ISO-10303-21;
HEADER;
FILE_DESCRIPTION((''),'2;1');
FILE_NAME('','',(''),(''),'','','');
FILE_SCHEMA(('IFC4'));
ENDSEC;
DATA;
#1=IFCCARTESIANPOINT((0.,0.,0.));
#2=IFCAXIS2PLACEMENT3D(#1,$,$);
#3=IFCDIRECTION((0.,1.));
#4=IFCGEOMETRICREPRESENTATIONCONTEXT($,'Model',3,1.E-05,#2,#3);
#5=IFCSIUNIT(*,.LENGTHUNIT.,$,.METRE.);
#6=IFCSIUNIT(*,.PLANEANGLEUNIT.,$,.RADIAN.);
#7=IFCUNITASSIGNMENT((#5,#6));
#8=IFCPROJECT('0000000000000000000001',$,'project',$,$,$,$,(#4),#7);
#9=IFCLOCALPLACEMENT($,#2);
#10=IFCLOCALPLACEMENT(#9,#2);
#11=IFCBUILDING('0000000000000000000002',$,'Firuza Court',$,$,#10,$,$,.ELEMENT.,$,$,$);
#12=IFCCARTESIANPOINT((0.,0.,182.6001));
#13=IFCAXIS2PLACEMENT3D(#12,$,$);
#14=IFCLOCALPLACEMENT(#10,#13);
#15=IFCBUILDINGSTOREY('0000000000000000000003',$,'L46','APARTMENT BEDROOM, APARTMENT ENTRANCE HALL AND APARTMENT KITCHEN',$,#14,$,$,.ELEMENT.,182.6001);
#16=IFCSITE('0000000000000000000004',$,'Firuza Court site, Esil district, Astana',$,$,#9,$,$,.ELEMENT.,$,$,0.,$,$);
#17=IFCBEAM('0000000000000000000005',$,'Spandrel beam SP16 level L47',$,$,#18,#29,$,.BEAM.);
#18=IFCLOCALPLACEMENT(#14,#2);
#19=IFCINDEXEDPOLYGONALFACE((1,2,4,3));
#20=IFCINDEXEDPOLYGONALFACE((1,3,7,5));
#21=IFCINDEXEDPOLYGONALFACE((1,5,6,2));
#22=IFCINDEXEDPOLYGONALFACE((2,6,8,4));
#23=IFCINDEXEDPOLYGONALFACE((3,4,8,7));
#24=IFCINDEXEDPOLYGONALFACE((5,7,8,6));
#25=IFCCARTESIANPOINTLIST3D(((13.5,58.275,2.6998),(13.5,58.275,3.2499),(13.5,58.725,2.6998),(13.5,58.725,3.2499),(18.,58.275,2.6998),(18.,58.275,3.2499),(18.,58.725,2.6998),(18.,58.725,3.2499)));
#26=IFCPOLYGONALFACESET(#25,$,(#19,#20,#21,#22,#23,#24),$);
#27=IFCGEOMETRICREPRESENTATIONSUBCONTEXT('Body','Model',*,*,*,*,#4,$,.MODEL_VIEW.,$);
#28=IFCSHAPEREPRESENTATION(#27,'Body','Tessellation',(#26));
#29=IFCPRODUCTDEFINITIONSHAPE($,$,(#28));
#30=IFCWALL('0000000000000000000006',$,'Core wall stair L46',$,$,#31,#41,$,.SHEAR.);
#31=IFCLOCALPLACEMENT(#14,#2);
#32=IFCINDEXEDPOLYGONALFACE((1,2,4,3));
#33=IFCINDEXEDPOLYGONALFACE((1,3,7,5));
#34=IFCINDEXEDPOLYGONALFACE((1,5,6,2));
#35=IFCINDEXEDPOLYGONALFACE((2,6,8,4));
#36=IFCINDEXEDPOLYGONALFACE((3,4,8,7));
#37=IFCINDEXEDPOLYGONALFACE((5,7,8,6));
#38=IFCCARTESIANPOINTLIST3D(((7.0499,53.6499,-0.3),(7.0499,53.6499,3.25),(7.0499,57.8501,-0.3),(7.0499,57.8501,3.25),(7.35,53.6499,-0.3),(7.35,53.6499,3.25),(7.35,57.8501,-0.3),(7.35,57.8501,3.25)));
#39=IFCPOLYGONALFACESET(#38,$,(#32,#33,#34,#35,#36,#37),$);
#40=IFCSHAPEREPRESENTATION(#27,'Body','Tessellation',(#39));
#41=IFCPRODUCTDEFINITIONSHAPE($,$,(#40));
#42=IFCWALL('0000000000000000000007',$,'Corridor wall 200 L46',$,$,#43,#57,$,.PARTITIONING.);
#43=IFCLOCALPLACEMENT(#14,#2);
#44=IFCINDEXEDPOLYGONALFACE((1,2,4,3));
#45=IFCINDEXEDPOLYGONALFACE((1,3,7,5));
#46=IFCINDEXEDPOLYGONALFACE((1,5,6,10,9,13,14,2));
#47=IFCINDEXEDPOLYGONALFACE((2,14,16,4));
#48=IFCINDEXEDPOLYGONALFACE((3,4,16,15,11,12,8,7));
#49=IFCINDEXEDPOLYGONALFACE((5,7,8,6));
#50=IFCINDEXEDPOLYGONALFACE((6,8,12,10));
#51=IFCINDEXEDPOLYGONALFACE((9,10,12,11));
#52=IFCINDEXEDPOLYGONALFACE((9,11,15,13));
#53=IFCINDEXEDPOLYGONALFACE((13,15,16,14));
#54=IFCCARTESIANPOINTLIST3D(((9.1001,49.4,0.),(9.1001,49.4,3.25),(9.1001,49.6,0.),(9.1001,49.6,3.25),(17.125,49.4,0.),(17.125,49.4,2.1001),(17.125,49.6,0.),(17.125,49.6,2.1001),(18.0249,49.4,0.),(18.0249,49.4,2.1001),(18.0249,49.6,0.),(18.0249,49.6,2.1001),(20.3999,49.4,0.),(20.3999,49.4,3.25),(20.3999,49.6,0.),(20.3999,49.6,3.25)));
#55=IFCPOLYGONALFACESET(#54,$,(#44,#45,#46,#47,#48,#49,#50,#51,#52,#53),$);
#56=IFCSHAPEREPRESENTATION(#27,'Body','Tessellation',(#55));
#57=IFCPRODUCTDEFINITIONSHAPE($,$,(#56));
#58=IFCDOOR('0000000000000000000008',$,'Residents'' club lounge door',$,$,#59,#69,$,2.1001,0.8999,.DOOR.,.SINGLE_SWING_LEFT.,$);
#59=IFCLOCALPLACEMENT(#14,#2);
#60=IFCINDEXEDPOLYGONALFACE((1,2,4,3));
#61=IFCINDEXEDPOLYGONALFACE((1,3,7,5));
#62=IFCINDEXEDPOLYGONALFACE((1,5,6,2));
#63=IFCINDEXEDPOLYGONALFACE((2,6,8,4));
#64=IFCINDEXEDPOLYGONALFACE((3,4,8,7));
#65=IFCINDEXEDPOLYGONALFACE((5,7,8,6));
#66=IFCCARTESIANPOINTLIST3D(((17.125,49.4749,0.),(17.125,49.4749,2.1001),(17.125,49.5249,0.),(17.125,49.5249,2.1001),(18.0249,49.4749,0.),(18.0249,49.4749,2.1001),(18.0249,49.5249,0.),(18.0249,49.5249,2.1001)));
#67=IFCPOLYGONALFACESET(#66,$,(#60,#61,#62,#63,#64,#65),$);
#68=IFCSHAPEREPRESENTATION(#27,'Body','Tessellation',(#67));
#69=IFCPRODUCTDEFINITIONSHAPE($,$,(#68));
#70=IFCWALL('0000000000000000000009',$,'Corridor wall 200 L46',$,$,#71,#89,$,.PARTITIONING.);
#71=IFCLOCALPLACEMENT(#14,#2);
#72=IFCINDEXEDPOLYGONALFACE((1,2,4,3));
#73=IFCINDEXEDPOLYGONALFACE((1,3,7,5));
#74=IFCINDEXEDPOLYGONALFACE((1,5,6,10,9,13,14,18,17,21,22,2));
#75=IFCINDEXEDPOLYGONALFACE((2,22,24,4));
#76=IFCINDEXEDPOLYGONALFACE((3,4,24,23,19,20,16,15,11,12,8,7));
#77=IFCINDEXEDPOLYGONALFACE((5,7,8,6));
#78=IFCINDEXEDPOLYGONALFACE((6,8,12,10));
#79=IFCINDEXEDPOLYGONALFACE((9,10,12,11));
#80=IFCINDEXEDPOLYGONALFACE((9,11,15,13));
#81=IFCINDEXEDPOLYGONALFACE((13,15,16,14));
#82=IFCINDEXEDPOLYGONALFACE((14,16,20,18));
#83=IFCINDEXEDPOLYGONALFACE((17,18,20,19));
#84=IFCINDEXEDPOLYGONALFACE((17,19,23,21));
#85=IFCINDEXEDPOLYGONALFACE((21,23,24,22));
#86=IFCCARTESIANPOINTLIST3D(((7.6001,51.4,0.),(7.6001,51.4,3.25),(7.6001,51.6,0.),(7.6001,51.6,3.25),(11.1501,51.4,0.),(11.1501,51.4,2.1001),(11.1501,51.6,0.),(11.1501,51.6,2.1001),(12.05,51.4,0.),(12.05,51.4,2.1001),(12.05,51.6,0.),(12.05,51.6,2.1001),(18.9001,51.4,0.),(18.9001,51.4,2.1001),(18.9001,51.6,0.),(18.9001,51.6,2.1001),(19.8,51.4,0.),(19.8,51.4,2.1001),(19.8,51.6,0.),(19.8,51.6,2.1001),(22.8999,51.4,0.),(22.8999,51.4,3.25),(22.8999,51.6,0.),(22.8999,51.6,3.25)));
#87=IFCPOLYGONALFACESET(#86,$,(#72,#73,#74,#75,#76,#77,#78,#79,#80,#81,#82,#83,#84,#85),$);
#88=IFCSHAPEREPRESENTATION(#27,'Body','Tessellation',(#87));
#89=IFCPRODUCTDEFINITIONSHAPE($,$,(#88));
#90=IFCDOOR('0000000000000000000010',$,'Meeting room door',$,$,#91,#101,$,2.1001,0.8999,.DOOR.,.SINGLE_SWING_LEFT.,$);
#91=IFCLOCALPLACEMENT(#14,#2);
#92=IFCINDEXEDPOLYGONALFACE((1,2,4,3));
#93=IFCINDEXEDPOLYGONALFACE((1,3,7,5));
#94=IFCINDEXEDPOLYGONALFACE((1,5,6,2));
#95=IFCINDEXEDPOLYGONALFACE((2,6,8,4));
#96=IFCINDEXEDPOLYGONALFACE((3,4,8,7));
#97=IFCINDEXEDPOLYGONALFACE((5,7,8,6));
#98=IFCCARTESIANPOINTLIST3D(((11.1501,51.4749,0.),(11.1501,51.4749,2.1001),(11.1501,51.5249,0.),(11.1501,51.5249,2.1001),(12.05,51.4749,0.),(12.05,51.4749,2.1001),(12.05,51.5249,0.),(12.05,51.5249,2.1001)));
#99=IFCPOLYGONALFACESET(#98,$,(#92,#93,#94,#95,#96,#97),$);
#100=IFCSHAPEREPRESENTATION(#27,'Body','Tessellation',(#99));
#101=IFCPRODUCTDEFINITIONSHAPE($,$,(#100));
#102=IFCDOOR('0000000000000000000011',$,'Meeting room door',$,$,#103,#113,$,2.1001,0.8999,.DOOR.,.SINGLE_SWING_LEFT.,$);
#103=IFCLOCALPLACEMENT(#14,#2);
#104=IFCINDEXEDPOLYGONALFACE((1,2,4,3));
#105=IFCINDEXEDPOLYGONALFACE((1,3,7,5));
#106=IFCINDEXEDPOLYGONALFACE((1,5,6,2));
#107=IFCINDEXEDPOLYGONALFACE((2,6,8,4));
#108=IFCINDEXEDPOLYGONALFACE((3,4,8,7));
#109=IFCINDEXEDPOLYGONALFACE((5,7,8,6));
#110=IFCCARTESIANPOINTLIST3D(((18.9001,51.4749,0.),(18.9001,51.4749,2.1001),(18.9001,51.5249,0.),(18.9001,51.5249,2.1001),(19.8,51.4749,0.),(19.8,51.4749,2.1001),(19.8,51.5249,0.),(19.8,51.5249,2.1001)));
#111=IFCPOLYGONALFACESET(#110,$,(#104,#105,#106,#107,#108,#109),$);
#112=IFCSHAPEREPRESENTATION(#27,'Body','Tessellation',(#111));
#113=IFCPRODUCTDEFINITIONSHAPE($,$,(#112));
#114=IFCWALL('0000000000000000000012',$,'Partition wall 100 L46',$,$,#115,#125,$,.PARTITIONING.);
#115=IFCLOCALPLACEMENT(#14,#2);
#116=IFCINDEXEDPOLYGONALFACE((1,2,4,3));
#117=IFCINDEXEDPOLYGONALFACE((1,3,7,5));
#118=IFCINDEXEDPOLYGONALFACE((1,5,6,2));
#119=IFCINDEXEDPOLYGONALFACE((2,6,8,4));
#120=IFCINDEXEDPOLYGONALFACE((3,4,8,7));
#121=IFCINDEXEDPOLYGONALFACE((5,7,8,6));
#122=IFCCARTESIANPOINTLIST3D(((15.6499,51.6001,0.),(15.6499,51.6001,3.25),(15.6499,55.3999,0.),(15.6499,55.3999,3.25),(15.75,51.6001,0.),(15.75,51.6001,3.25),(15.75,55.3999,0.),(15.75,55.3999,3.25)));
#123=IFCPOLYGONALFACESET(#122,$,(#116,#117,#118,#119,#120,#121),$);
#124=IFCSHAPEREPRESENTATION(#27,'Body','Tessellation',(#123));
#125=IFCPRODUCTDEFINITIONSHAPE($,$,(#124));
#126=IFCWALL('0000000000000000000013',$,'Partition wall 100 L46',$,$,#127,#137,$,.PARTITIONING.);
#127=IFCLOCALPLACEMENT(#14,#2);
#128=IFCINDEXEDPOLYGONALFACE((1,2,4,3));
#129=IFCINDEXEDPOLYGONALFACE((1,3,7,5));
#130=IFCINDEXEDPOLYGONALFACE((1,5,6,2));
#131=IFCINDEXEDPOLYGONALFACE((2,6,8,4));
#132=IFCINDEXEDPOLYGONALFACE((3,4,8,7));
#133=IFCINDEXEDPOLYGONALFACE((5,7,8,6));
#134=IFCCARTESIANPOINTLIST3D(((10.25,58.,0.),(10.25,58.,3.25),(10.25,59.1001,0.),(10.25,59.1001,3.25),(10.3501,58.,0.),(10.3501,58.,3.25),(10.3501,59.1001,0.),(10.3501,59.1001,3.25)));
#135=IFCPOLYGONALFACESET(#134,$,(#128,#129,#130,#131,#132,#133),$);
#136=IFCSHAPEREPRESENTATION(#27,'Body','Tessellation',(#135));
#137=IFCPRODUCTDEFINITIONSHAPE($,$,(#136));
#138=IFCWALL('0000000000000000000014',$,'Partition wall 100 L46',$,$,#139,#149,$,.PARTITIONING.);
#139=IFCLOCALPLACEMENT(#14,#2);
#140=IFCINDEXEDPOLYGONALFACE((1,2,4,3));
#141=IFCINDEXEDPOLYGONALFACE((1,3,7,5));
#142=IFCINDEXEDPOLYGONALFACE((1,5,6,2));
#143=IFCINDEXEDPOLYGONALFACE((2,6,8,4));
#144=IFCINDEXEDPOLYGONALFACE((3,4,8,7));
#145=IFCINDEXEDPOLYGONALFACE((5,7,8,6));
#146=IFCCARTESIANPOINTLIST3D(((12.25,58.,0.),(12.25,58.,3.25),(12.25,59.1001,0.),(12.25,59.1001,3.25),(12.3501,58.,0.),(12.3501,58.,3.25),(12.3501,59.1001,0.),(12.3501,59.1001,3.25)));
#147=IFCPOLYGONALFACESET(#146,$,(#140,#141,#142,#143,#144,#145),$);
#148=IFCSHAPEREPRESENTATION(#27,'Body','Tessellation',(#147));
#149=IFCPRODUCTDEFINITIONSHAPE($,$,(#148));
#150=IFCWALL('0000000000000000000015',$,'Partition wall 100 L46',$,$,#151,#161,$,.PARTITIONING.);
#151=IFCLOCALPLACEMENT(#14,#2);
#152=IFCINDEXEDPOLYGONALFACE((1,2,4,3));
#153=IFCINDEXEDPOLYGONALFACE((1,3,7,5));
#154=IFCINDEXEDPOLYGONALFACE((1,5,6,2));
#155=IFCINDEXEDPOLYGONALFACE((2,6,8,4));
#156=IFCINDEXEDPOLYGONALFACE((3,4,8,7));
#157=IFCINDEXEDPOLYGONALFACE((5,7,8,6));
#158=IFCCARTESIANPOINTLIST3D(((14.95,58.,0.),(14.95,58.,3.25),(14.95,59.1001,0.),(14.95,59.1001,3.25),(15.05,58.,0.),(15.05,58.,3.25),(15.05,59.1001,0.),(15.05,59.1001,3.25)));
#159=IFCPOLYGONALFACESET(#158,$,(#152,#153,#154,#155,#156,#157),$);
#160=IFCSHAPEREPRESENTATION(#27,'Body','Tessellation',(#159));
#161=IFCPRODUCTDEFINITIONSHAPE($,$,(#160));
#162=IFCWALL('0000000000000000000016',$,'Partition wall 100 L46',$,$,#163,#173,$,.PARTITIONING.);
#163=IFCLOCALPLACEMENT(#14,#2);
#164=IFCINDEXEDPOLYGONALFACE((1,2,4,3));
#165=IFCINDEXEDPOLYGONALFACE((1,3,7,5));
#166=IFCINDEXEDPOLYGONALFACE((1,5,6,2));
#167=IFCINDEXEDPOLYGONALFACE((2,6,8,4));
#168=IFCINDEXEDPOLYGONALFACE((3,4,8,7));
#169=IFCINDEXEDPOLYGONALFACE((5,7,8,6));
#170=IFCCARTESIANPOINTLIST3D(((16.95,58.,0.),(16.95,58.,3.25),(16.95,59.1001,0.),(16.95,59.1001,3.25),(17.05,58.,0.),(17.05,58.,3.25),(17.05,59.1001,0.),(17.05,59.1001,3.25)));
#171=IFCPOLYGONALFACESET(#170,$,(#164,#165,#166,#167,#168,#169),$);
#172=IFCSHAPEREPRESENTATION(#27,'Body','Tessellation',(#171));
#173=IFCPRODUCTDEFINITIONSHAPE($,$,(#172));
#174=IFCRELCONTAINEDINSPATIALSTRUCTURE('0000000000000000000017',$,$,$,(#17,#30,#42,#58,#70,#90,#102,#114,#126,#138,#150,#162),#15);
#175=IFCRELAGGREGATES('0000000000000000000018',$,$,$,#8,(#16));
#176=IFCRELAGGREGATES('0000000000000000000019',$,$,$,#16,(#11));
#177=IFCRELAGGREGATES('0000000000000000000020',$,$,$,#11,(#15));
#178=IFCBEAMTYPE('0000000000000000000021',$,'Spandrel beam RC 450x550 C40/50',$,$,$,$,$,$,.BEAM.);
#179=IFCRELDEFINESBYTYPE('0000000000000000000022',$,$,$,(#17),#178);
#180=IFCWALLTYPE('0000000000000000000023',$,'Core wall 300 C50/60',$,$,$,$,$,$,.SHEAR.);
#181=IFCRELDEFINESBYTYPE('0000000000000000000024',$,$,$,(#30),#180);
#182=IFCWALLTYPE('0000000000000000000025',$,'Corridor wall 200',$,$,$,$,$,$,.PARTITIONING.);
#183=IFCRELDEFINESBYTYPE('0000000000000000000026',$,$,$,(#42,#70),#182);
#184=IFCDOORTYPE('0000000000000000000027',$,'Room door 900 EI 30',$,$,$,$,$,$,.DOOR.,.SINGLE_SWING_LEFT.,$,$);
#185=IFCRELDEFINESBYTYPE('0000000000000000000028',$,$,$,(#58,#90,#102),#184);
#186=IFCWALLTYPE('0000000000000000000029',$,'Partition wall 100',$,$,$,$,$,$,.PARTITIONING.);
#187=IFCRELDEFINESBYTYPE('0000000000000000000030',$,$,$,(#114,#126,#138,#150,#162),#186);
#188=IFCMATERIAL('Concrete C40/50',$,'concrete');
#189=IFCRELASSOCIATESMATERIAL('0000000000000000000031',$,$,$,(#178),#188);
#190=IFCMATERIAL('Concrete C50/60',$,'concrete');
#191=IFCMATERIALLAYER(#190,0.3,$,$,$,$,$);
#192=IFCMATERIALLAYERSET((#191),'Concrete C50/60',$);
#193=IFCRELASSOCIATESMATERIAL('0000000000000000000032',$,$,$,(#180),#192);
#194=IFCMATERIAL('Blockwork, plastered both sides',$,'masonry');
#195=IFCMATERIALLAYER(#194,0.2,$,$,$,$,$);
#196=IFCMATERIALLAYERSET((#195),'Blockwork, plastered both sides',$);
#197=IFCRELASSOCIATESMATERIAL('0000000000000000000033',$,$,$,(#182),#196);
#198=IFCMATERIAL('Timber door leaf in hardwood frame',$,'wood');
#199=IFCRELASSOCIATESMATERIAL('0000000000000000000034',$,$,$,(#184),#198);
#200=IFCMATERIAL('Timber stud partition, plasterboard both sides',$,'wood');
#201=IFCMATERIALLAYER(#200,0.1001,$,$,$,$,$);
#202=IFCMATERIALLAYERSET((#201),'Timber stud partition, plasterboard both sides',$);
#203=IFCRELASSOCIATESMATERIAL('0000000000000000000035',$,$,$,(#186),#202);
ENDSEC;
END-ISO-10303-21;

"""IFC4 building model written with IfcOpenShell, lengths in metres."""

from ifc_helpers import new_model, si_unit, direction, frame, frame_2d, origin, origin_2d, place, context, subcontext, project, spatial, rectangle, extrude, material, layer, layer_set, material_profile, profile_set, type_object, element, fill, save


model = new_model("IFC4")

# Units and contexts
model_context = context("Model", 3, precision=1e-05, world=origin(), true_north=direction((0.0, 1.0)))
body_context = subcontext(model_context, "Body", "Model", "MODEL_VIEW")
ifc_project = project(units=[si_unit("LENGTHUNIT", "METRE"), si_unit("PLANEANGLEUNIT", "RADIAN")], contexts=[model_context])

# Site, building, storey
site_placement = place(None, origin())
site = spatial("IfcSite", under=ifc_project, at=site_placement, Name="Firuza Court site, Esil district, Astana", CompositionType="ELEMENT", RefElevation=0.0)
building_placement = place(site_placement, origin())
building = spatial("IfcBuilding", under=site, at=building_placement, Name="Firuza Court", CompositionType="ELEMENT")
storey_placement = place(building_placement, frame((0.0, 0.0, 182.6001)))
storey = spatial("IfcBuildingStorey", under=building, at=storey_placement, Name="L46", Description="APARTMENT BEDROOM, APARTMENT ENTRANCE HALL AND APARTMENT KITCHEN", CompositionType="ELEMENT", Elevation=182.6001)

# Beam
ifc_material_1 = material(Name="Concrete C40/50", Category="concrete")
ifc_material_profile_1 = material_profile(ifc_material_1, rectangle(XDim=0.45, YDim=0.55, at=origin_2d()), Name="RC 450x550")
ifc_profile_set_1 = profile_set([ifc_material_profile_1], Name="Concrete C40/50")
beam_type = type_object("IfcBeamType", Name="Spandrel beam RC 450x550 C40/50", PredefinedType="BEAM", material=ifc_profile_set_1)
for number, where, z_axis, x_axis, name in (
    (1, (18.0, 58.5, 2.9749), (-1.0, 0.0, 0.0), (0.0, -1.0, 0.0), "Spandrel beam SP16 level L47"),
):
    element("IfcBeam", number, at=place(storey_placement, frame(where, z_axis=z_axis, x_axis=x_axis)), inside=storey, type_object=beam_type, Name=name, PredefinedType="BEAM", context=body_context, shape_type="SweptSolid", body=[
        extrude(rectangle(XDim=0.45, YDim=0.55, at=origin_2d()), origin(), (0.0, 0.0, 1.0), 4.5),
    ])

# Wall
ifc_material_2 = material(Name="Concrete C50/60", Category="concrete")
ifc_layer_1 = layer(ifc_material_2, 0.3)
ifc_layer_set_1 = layer_set([ifc_layer_1], Name="Concrete C50/60")
wall_type_1 = type_object("IfcWallType", Name="Core wall 300 C50/60", PredefinedType="SHEAR", material=ifc_layer_set_1)
wall_1_placement = place(storey_placement, frame((7.2, 53.6499, -0.3), z_axis=(0.0, 0.0, 1.0), x_axis=(0.0, 1.0, 0.0)))
element("IfcWall", 2, at=wall_1_placement, inside=storey, type_object=wall_type_1, Name="Core wall stair L46", PredefinedType="SHEAR", context=body_context, shape_type="SweptSolid", body=[
    extrude(rectangle(XDim=4.2002, YDim=0.3, at=frame_2d((2.1001, 0.0))), origin(), (0.0, 0.0, 1.0), 3.55),
])

# Wall, opening, door
ifc_material_3 = material(Name="Blockwork, plastered both sides", Category="masonry")
ifc_layer_2 = layer(ifc_material_3, 0.2)
ifc_layer_set_2 = layer_set([ifc_layer_2], Name="Blockwork, plastered both sides")
wall_type_2 = type_object("IfcWallType", Name="Corridor wall 200", PredefinedType="PARTITIONING", material=ifc_layer_set_2)
wall_2_placement = place(storey_placement, frame((9.1001, 49.5, 0.0), z_axis=(0.0, 0.0, 1.0), x_axis=(1.0, 0.0, 0.0)))
wall_2 = element("IfcWall", 3, at=wall_2_placement, inside=storey, type_object=wall_type_2, Name="Corridor wall 200 L46", PredefinedType="PARTITIONING", context=body_context, shape_type="SweptSolid", body=[
    extrude(rectangle(XDim=11.2998, YDim=0.2, at=frame_2d((5.6499, 0.0))), origin(), (0.0, 0.0, 1.0), 3.25),
])
opening_1_placement = place(wall_2_placement, frame((8.0249, 0.0, 0.0)))
opening_1 = element("IfcOpeningElement", 4, at=opening_1_placement, cuts=wall_2, PredefinedType="OPENING", context=body_context, shape_type="SweptSolid", body=[
    extrude(rectangle(XDim=0.8999, YDim=2.1001, at=frame_2d((0.45, 1.05))), frame((0.0, 0.1118, 0.0), z_axis=(0.0, -1.0, 0.0), x_axis=(1.0, 0.0, 0.0)), (0.0, 0.0, 1.0), 0.2239),
])
ifc_material_4 = material(Name="Timber door leaf in hardwood frame", Category="wood")
door_type_1 = type_object("IfcDoorType", Name="Room door 900 EI 30", OperationType="SINGLE_SWING_LEFT", PredefinedType="DOOR", material=ifc_material_4)
door_1_placement = place(opening_1_placement, origin())
door_1 = element("IfcDoor", 5, at=door_1_placement, inside=storey, type_object=door_type_1, Name="Residents' club lounge door", OperationType="SINGLE_SWING_LEFT", OverallHeight=2.1001, OverallWidth=0.8999, PredefinedType="DOOR", context=body_context, shape_type="SweptSolid", body=[
    extrude(rectangle(XDim=0.8999, YDim=2.1001, at=frame_2d((0.45, 1.05))), frame((0.0, 0.0249, 0.0), z_axis=(0.0, -1.0, 0.0), x_axis=(1.0, 0.0, 0.0)), (0.0, 0.0, 1.0), 0.05),
])
fill(opening_1, door_1)

# Wall, openings, doors
wall_3_placement = place(storey_placement, frame((7.6001, 51.5, 0.0), z_axis=(0.0, 0.0, 1.0), x_axis=(1.0, 0.0, 0.0)))
wall_3 = element("IfcWall", 6, at=wall_3_placement, inside=storey, type_object=wall_type_2, Name="Corridor wall 200 L46", PredefinedType="PARTITIONING", context=body_context, shape_type="SweptSolid", body=[
    extrude(rectangle(XDim=15.2998, YDim=0.2, at=frame_2d((7.6499, 0.0))), origin(), (0.0, 0.0, 1.0), 3.25),
])
opening_2_placement = place(wall_3_placement, frame((3.55, 0.0, 0.0)))
opening_2 = element("IfcOpeningElement", 7, at=opening_2_placement, cuts=wall_3, PredefinedType="OPENING", context=body_context, shape_type="SweptSolid", body=[
    extrude(rectangle(XDim=0.8999, YDim=2.1001, at=frame_2d((0.45, 1.05))), frame((0.0, 0.1118, 0.0), z_axis=(0.0, -1.0, 0.0), x_axis=(1.0, 0.0, 0.0)), (0.0, 0.0, 1.0), 0.2239),
])
opening_3_placement = place(wall_3_placement, frame((11.3, 0.0, 0.0)))
opening_3 = element("IfcOpeningElement", 8, at=opening_3_placement, cuts=wall_3, PredefinedType="OPENING", context=body_context, shape_type="SweptSolid", body=[
    extrude(rectangle(XDim=0.8999, YDim=2.1001, at=frame_2d((0.45, 1.05))), frame((0.0, 0.1118, 0.0), z_axis=(0.0, -1.0, 0.0), x_axis=(1.0, 0.0, 0.0)), (0.0, 0.0, 1.0), 0.2239),
])
door_2_placement = place(opening_2_placement, origin())
door_2 = element("IfcDoor", 9, at=door_2_placement, inside=storey, type_object=door_type_1, Name="Meeting room door", OperationType="SINGLE_SWING_LEFT", OverallHeight=2.1001, OverallWidth=0.8999, PredefinedType="DOOR", context=body_context, shape_type="SweptSolid", body=[
    extrude(rectangle(XDim=0.8999, YDim=2.1001, at=frame_2d((0.45, 1.05))), frame((0.0, 0.0249, 0.0), z_axis=(0.0, -1.0, 0.0), x_axis=(1.0, 0.0, 0.0)), (0.0, 0.0, 1.0), 0.05),
])
fill(opening_2, door_2)
door_3_placement = place(opening_3_placement, origin())
door_3 = element("IfcDoor", 10, at=door_3_placement, inside=storey, type_object=door_type_1, Name="Meeting room door", OperationType="SINGLE_SWING_LEFT", OverallHeight=2.1001, OverallWidth=0.8999, PredefinedType="DOOR", context=body_context, shape_type="SweptSolid", body=[
    extrude(rectangle(XDim=0.8999, YDim=2.1001, at=frame_2d((0.45, 1.05))), frame((0.0, 0.0249, 0.0), z_axis=(0.0, -1.0, 0.0), x_axis=(1.0, 0.0, 0.0)), (0.0, 0.0, 1.0), 0.05),
])
fill(opening_3, door_3)

# Walls
ifc_material_5 = material(Name="Timber stud partition, plasterboard both sides", Category="wood")
ifc_layer_3 = layer(ifc_material_5, 0.1001)
ifc_layer_set_3 = layer_set([ifc_layer_3], Name="Timber stud partition, plasterboard both sides")
wall_type_3 = type_object("IfcWallType", Name="Partition wall 100", PredefinedType="PARTITIONING", material=ifc_layer_set_3)
wall_4_placement = place(storey_placement, frame((15.7, 51.6001, 0.0), z_axis=(0.0, 0.0, 1.0), x_axis=(0.0, 1.0, 0.0)))
element("IfcWall", 11, at=wall_4_placement, inside=storey, type_object=wall_type_3, Name="Partition wall 100 L46", PredefinedType="PARTITIONING", context=body_context, shape_type="SweptSolid", body=[
    extrude(rectangle(XDim=3.7998, YDim=0.1001, at=frame_2d((1.8999, 0.0))), origin(), (0.0, 0.0, 1.0), 3.25),
])
for number, where, z_axis, x_axis, name in (
    (12, (10.3, 58.0, 0.0), (0.0, 0.0, 1.0), (0.0, 1.0, 0.0), "Partition wall 100 L46"),
    (13, (12.3, 58.0, 0.0), (0.0, 0.0, 1.0), (0.0, 1.0, 0.0), "Partition wall 100 L46"),
    (14, (15.0, 58.0, 0.0), (0.0, 0.0, 1.0), (0.0, 1.0, 0.0), "Partition wall 100 L46"),
    (15, (17.0, 58.0, 0.0), (0.0, 0.0, 1.0), (0.0, 1.0, 0.0), "Partition wall 100 L46"),
):
    element("IfcWall", number, at=place(storey_placement, frame(where, z_axis=z_axis, x_axis=x_axis)), inside=storey, type_object=wall_type_3, Name=name, PredefinedType="PARTITIONING", context=body_context, shape_type="SweptSolid", body=[
        extrude(rectangle(XDim=1.1001, YDim=0.1001, at=frame_2d((0.55, 0.0))), origin(), (0.0, 0.0, 1.0), 3.25),
    ])

save(model, "model.ifc")
